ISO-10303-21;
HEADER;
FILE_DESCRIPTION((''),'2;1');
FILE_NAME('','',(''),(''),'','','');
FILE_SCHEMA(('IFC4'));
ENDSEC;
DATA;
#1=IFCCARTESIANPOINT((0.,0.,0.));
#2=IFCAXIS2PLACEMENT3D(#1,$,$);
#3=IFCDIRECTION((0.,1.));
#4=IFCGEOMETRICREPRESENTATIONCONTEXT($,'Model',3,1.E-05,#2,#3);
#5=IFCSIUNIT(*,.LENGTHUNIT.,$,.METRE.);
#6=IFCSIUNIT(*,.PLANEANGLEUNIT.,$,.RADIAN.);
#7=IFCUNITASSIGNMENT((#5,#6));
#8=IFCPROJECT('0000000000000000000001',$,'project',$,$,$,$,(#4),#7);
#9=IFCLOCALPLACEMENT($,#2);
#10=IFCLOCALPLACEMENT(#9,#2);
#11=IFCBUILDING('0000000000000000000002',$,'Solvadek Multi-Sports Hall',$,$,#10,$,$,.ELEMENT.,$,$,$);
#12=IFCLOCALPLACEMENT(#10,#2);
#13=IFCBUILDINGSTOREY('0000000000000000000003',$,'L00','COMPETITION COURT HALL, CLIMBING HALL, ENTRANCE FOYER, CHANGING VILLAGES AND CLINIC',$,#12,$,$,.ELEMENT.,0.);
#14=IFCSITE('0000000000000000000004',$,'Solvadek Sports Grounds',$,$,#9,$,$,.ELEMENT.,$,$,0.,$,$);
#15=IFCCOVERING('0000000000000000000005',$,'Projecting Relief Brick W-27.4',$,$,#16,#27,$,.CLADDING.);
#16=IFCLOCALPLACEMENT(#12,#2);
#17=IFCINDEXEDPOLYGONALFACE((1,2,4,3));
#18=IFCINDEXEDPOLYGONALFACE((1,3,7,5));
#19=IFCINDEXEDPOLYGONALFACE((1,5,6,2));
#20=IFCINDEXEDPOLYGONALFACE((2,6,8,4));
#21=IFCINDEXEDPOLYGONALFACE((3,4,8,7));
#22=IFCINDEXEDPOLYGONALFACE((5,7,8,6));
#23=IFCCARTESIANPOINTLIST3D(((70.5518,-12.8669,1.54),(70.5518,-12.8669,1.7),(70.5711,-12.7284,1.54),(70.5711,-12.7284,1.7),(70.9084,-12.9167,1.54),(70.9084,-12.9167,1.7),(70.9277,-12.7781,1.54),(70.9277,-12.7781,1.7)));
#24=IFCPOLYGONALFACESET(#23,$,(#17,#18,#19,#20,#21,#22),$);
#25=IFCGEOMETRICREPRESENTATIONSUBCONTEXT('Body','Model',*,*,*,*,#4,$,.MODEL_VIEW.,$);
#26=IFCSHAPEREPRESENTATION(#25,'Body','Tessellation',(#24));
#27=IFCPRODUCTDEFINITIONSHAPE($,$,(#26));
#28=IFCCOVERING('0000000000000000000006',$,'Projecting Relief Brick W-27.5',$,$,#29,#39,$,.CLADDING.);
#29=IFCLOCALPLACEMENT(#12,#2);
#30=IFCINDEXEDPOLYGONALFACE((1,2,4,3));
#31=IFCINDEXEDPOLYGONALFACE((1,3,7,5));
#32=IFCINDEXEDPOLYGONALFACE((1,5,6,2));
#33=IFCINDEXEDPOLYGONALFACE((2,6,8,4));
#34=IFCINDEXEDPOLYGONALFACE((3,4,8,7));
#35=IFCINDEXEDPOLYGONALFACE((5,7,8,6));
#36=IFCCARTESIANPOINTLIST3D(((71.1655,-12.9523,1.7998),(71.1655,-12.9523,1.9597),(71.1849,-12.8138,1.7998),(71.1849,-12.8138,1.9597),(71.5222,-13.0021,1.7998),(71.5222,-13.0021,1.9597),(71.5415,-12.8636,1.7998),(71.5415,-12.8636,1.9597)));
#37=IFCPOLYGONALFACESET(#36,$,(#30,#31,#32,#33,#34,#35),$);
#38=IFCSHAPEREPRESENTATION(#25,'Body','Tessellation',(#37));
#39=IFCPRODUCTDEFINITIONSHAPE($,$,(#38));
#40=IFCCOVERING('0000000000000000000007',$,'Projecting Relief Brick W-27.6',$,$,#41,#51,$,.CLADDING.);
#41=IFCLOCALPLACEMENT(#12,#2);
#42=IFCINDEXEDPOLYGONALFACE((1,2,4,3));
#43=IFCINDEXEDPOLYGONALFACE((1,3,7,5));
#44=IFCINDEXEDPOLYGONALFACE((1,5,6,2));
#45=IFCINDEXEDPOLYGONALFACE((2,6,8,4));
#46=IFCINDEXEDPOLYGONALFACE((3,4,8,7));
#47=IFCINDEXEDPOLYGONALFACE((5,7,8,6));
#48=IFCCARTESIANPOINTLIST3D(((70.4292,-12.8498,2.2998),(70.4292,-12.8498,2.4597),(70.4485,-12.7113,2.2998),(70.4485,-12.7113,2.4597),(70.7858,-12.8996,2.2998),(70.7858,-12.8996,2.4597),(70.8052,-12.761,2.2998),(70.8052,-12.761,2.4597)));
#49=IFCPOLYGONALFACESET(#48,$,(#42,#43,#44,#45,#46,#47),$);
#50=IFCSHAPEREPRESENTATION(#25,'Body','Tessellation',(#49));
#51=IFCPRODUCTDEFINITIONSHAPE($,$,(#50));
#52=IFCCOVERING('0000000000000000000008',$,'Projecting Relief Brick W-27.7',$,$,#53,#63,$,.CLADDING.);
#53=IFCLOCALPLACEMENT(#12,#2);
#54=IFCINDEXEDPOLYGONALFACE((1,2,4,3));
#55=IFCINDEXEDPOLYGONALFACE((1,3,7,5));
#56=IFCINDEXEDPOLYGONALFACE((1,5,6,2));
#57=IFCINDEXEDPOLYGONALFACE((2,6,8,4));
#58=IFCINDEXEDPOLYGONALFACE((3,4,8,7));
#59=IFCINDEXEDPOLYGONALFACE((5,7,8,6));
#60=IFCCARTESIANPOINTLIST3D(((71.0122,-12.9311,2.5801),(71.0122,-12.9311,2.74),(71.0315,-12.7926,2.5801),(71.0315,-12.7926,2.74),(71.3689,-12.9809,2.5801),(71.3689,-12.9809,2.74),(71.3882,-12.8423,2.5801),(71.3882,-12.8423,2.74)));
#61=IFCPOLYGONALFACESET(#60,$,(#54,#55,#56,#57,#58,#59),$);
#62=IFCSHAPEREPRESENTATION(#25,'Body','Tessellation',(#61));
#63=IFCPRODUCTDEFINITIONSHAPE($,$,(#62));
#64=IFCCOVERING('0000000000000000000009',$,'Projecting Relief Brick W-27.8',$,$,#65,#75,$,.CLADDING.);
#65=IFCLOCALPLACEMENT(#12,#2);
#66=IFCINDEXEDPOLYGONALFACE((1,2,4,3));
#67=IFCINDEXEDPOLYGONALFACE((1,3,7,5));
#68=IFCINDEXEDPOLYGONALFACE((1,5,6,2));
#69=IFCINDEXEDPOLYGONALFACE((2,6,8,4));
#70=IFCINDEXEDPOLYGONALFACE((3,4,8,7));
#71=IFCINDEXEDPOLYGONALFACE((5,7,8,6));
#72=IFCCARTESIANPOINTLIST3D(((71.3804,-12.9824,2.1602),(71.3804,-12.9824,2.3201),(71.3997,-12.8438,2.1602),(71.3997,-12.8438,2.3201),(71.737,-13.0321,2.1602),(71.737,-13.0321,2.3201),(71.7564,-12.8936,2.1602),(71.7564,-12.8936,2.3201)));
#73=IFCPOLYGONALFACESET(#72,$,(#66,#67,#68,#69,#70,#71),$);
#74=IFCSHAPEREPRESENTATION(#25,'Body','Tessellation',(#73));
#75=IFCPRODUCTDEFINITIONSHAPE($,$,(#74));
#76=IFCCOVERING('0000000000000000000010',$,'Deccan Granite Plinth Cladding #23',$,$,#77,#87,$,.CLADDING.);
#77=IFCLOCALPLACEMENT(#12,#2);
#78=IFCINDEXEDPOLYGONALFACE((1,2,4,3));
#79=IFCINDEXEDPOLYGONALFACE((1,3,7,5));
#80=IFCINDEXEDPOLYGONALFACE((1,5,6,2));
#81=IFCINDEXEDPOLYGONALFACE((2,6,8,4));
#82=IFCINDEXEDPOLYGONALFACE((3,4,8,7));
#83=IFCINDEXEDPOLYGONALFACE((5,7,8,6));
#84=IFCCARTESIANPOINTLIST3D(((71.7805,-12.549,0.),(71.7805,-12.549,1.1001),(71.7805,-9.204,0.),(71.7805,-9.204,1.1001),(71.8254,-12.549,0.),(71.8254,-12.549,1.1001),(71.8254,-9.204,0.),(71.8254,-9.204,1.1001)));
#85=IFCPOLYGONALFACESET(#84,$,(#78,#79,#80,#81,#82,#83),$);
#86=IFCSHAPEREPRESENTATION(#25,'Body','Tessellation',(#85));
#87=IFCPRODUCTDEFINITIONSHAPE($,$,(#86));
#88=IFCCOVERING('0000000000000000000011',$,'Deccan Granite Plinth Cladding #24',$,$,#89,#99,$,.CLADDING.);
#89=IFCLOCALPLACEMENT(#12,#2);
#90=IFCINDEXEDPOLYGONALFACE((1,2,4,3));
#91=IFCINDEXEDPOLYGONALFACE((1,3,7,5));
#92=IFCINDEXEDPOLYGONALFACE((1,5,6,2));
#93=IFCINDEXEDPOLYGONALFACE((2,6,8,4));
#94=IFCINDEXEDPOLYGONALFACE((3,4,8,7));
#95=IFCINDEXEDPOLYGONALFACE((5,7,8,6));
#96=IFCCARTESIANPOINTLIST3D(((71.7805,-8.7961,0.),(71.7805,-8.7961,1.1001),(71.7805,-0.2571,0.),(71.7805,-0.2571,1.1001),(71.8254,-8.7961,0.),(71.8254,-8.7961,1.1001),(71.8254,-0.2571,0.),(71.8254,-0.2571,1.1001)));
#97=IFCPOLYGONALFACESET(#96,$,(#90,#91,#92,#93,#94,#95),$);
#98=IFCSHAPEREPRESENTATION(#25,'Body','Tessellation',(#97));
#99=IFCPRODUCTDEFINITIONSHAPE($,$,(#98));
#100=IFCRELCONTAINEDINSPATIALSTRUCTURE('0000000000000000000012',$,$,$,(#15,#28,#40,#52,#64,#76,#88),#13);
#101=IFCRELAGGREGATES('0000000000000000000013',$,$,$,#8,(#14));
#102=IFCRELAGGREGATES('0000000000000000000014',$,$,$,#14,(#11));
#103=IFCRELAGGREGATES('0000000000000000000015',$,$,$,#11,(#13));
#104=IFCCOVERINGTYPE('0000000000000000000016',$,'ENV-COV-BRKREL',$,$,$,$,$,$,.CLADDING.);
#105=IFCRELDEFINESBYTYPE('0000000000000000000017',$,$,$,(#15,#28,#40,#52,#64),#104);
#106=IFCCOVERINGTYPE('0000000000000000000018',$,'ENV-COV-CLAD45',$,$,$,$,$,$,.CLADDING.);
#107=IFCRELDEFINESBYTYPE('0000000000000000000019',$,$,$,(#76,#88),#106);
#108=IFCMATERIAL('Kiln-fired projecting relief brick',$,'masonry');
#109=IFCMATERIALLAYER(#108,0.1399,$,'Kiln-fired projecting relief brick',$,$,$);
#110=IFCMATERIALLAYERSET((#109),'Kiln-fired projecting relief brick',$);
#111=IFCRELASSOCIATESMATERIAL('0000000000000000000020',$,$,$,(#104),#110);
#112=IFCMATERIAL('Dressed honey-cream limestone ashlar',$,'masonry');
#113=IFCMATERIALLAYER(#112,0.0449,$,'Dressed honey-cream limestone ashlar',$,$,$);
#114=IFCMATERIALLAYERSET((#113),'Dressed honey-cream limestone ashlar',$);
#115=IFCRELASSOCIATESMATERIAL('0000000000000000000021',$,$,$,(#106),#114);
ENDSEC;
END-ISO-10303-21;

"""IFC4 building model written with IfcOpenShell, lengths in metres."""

from ifc_helpers import new_model, si_unit, direction, frame, origin, origin_2d, place, context, subcontext, project, spatial, rectangle, extrude, material, layer, layer_set, type_object, element, save


model = new_model("IFC4")

# Units and contexts
model_context = context("Model", 3, precision=1e-05, world=origin(), true_north=direction((0.0, 1.0)))
body_context = subcontext(model_context, "Body", "Model", "MODEL_VIEW")
ifc_project = project(units=[si_unit("LENGTHUNIT", "METRE"), si_unit("PLANEANGLEUNIT", "RADIAN")], contexts=[model_context])

# Site, building, storey
site_placement = place(None, origin())
site = spatial("IfcSite", under=ifc_project, at=site_placement, Name="Solvadek Sports Grounds", CompositionType="ELEMENT", RefElevation=0.0)
building_placement = place(site_placement, origin())
building = spatial("IfcBuilding", under=site, at=building_placement, Name="Solvadek Multi-Sports Hall", CompositionType="ELEMENT")
storey_placement = place(building_placement, origin())
storey = spatial("IfcBuildingStorey", under=building, at=storey_placement, Name="L00", Description="COMPETITION COURT HALL, CLIMBING HALL, ENTRANCE FOYER, CHANGING VILLAGES AND CLINIC", CompositionType="ELEMENT", Elevation=0.0)

# Coverings
ifc_material_1 = material(Name="Kiln-fired projecting relief brick", Category="masonry")
ifc_layer_1 = layer(ifc_material_1, 0.1399, Name="Kiln-fired projecting relief brick")
ifc_layer_set_1 = layer_set([ifc_layer_1], Name="Kiln-fired projecting relief brick")
covering_type_1 = type_object("IfcCoveringType", Name="ENV-COV-BRKREL", PredefinedType="CLADDING", material=ifc_layer_set_1)
for number, where, z_axis, x_axis, name in (
    (1, (70.7397, -12.8225, 1.54), (0.0, 0.0, 1.0), (0.990403, -0.138207, 0.0), "Projecting Relief Brick W-27.4"),
    (2, (71.3535, -12.908, 1.7998), (0.0, 0.0, 1.0), (0.990403, -0.138207, 0.0), "Projecting Relief Brick W-27.5"),
    (3, (70.6172, -12.8054, 2.2998), (0.0, 0.0, 1.0), (0.990403, -0.138207, 0.0), "Projecting Relief Brick W-27.6"),
    (4, (71.2002, -12.8867, 2.5801), (0.0, 0.0, 1.0), (0.990403, -0.138207, 0.0), "Projecting Relief Brick W-27.7"),
    (5, (71.5684, -12.938, 2.1602), (0.0, 0.0, 1.0), (0.990403, -0.138207, 0.0), "Projecting Relief Brick W-27.8"),
):
    element("IfcCovering", number, at=place(storey_placement, frame(where, z_axis=z_axis, x_axis=x_axis)), inside=storey, type_object=covering_type_1, Name=name, PredefinedType="CLADDING", context=body_context, shape_type="SweptSolid", body=[
        extrude(rectangle(XDim=0.3601, YDim=0.1399, at=origin_2d()), origin(), (0.0, 0.0, 1.0), 0.1599),
    ])
ifc_material_2 = material(Name="Dressed honey-cream limestone ashlar", Category="masonry")
ifc_layer_2 = layer(ifc_material_2, 0.0449, Name="Dressed honey-cream limestone ashlar")
ifc_layer_set_2 = layer_set([ifc_layer_2], Name="Dressed honey-cream limestone ashlar")
covering_type_2 = type_object("IfcCoveringType", Name="ENV-COV-CLAD45", PredefinedType="CLADDING", material=ifc_layer_set_2)
covering_1_placement = place(storey_placement, frame((71.803, -10.8765, 0.0), z_axis=(0.0, 0.0, 1.0), x_axis=(0.0, 1.0, 0.0)))
element("IfcCovering", 6, at=covering_1_placement, inside=storey, type_object=covering_type_2, Name="Deccan Granite Plinth Cladding #23", PredefinedType="CLADDING", context=body_context, shape_type="SweptSolid", body=[
    extrude(rectangle(XDim=3.345, YDim=0.0449, at=origin_2d()), origin(), (0.0, 0.0, 1.0), 1.1001),
])
covering_2_placement = place(storey_placement, frame((71.803, -4.5266, 0.0), z_axis=(0.0, 0.0, 1.0), x_axis=(0.0, 1.0, 0.0)))
element("IfcCovering", 7, at=covering_2_placement, inside=storey, type_object=covering_type_2, Name="Deccan Granite Plinth Cladding #24", PredefinedType="CLADDING", context=body_context, shape_type="SweptSolid", body=[
    extrude(rectangle(XDim=8.5391, YDim=0.0449, at=origin_2d()), origin(), (0.0, 0.0, 1.0), 1.1001),
])

save(model, "model.ifc")
